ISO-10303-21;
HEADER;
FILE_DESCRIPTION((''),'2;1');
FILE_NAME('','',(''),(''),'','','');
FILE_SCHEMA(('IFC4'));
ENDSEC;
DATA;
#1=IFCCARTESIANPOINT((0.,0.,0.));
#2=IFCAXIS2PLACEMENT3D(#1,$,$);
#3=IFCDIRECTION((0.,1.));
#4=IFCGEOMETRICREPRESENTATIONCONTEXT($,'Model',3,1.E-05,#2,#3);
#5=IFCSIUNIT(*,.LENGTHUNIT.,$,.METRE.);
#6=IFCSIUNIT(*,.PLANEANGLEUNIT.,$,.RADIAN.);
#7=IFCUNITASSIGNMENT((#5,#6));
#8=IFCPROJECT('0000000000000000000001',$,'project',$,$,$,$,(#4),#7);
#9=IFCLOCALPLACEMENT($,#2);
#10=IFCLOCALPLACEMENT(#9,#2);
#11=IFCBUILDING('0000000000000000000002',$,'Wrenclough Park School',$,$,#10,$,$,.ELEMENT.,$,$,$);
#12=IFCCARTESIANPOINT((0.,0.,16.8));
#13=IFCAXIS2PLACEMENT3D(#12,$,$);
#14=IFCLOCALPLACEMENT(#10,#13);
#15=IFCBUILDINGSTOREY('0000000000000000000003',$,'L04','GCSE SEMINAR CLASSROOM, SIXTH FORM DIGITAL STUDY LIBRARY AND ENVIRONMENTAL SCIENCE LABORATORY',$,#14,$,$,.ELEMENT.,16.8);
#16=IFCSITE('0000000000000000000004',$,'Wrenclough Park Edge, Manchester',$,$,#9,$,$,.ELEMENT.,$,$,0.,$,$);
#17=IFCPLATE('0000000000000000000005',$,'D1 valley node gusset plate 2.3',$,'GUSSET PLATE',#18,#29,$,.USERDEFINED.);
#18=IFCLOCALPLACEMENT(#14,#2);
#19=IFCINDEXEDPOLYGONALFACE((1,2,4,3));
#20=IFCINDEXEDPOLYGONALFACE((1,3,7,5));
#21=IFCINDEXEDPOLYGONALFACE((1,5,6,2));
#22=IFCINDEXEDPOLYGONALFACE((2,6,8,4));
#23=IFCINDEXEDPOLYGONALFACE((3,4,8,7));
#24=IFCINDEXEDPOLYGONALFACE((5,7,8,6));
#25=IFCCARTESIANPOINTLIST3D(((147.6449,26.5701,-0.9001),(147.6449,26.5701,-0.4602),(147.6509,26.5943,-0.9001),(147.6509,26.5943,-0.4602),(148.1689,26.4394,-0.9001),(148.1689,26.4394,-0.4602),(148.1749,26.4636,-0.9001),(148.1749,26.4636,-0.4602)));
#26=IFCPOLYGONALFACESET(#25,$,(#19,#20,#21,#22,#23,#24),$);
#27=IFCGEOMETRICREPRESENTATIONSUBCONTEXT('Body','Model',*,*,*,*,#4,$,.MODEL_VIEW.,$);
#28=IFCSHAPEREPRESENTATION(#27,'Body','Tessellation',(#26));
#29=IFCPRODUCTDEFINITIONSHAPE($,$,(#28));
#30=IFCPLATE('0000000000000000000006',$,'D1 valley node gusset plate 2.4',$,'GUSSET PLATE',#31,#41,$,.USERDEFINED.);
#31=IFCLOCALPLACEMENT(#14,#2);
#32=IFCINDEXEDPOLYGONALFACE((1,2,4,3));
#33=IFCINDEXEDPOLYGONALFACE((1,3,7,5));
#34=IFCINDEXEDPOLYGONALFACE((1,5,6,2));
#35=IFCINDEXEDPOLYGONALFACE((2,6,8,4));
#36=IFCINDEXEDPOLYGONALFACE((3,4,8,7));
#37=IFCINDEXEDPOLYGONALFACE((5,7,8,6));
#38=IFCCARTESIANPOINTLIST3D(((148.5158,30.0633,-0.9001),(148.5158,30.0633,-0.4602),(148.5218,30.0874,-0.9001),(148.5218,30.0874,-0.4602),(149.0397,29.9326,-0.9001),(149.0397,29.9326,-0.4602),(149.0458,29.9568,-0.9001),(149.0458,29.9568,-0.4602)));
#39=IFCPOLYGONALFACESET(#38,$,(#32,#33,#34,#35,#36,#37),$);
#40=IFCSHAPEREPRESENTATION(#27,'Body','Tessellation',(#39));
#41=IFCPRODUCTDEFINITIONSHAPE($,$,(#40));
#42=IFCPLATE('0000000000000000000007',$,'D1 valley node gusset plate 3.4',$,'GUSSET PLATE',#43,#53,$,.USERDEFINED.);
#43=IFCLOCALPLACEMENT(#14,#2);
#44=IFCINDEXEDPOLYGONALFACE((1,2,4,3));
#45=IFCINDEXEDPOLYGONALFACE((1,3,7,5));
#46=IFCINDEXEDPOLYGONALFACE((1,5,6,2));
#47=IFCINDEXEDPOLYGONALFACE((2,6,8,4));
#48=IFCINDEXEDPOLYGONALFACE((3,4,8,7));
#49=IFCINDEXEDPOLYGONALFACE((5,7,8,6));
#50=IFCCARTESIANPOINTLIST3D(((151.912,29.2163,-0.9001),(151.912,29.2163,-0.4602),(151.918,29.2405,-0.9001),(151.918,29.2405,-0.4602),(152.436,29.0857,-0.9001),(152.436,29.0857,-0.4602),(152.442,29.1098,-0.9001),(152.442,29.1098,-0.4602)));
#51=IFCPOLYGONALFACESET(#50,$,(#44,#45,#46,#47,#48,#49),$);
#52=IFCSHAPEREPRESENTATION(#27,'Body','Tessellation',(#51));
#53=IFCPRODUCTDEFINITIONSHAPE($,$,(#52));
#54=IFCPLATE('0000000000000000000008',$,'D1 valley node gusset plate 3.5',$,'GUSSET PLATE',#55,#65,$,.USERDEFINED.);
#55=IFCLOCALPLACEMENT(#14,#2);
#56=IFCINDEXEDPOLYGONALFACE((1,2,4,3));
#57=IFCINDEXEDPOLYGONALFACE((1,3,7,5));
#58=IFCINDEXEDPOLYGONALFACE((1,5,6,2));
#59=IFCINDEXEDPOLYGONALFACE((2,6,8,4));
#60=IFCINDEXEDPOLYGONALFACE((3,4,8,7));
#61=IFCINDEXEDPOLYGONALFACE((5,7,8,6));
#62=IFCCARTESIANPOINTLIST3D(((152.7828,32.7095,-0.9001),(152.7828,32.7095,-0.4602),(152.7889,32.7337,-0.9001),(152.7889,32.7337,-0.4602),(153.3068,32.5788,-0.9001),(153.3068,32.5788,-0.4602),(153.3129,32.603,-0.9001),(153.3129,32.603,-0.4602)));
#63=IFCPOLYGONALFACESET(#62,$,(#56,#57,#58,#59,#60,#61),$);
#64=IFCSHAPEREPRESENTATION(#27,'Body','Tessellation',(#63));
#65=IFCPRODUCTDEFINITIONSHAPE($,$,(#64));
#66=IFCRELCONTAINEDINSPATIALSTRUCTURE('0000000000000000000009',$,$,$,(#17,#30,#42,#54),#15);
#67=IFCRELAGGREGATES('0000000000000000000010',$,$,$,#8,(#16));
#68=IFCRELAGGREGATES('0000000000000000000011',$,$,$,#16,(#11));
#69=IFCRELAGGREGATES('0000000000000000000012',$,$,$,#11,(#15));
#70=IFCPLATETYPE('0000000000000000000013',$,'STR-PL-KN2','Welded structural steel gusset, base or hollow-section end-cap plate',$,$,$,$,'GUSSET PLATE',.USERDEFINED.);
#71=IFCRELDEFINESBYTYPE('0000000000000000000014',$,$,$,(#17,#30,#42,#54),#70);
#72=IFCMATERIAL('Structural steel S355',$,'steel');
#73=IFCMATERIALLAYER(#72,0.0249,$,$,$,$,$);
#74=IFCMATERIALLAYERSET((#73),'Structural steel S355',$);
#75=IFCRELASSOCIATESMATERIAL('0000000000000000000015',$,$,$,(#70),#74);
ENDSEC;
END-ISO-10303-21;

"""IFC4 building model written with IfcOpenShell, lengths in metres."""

from ifc_helpers import new_model, si_unit, direction, frame, origin, origin_2d, place, context, subcontext, project, spatial, rectangle, extrude, material, layer, layer_set, type_object, element, save


model = new_model("IFC4")

# Units and contexts
model_context = context("Model", 3, precision=1e-05, world=origin(), true_north=direction((0.0, 1.0)))
body_context = subcontext(model_context, "Body", "Model", "MODEL_VIEW")
ifc_project = project(units=[si_unit("LENGTHUNIT", "METRE"), si_unit("PLANEANGLEUNIT", "RADIAN")], contexts=[model_context])

# Site, building, storey
site_placement = place(None, origin())
site = spatial("IfcSite", under=ifc_project, at=site_placement, Name="Wrenclough Park Edge, Manchester", CompositionType="ELEMENT", RefElevation=0.0)
building_placement = place(site_placement, origin())
building = spatial("IfcBuilding", under=site, at=building_placement, Name="Wrenclough Park School", CompositionType="ELEMENT")
storey_placement = place(building_placement, frame((0.0, 0.0, 16.8)))
storey = spatial("IfcBuildingStorey", under=building, at=storey_placement, Name="L04", Description="GCSE SEMINAR CLASSROOM, SIXTH FORM DIGITAL STUDY LIBRARY AND ENVIRONMENTAL SCIENCE LABORATORY", CompositionType="ELEMENT", Elevation=16.8)

# Shared definitions
ifc_material = material(Name="Structural steel S355", Category="steel")

# Plates
ifc_layer_1 = layer(ifc_material, 0.0249)
ifc_layer_set_1 = layer_set([ifc_layer_1], Name="Structural steel S355")
plate_type_1 = type_object("IfcPlateType", Name="STR-PL-KN2", Description="Welded structural steel gusset, base or hollow-section end-cap plate", ElementType="GUSSET PLATE", PredefinedType="USERDEFINED", material=ifc_layer_set_1)
for number, where, z_axis, x_axis, name in (
    (1, (147.9099, 26.5168, -0.9001), (0.0, 0.0, 1.0), (0.970296, -0.241922, 0.0), "D1 valley node gusset plate 2.3"),
    (2, (148.7808, 30.01, -0.9001), (0.0, 0.0, 1.0), (0.970296, -0.241922, 0.0), "D1 valley node gusset plate 2.4"),
    (3, (152.177, 29.1631, -0.9001), (0.0, 0.0, 1.0), (0.970296, -0.241922, 0.0), "D1 valley node gusset plate 3.4"),
    (4, (153.0479, 32.6562, -0.9001), (0.0, 0.0, 1.0), (0.970296, -0.241922, 0.0), "D1 valley node gusset plate 3.5"),
):
    element("IfcPlate", number, at=place(storey_placement, frame(where, z_axis=z_axis, x_axis=x_axis)), inside=storey, type_object=plate_type_1, Name=name, ObjectType="GUSSET PLATE", PredefinedType="USERDEFINED", context=body_context, shape_type="SweptSolid", body=[
        extrude(rectangle(XDim=0.54, YDim=0.0249, at=origin_2d()), origin(), (0.0, 0.0, 1.0), 0.4399),
    ])

save(model, "model.ifc")
